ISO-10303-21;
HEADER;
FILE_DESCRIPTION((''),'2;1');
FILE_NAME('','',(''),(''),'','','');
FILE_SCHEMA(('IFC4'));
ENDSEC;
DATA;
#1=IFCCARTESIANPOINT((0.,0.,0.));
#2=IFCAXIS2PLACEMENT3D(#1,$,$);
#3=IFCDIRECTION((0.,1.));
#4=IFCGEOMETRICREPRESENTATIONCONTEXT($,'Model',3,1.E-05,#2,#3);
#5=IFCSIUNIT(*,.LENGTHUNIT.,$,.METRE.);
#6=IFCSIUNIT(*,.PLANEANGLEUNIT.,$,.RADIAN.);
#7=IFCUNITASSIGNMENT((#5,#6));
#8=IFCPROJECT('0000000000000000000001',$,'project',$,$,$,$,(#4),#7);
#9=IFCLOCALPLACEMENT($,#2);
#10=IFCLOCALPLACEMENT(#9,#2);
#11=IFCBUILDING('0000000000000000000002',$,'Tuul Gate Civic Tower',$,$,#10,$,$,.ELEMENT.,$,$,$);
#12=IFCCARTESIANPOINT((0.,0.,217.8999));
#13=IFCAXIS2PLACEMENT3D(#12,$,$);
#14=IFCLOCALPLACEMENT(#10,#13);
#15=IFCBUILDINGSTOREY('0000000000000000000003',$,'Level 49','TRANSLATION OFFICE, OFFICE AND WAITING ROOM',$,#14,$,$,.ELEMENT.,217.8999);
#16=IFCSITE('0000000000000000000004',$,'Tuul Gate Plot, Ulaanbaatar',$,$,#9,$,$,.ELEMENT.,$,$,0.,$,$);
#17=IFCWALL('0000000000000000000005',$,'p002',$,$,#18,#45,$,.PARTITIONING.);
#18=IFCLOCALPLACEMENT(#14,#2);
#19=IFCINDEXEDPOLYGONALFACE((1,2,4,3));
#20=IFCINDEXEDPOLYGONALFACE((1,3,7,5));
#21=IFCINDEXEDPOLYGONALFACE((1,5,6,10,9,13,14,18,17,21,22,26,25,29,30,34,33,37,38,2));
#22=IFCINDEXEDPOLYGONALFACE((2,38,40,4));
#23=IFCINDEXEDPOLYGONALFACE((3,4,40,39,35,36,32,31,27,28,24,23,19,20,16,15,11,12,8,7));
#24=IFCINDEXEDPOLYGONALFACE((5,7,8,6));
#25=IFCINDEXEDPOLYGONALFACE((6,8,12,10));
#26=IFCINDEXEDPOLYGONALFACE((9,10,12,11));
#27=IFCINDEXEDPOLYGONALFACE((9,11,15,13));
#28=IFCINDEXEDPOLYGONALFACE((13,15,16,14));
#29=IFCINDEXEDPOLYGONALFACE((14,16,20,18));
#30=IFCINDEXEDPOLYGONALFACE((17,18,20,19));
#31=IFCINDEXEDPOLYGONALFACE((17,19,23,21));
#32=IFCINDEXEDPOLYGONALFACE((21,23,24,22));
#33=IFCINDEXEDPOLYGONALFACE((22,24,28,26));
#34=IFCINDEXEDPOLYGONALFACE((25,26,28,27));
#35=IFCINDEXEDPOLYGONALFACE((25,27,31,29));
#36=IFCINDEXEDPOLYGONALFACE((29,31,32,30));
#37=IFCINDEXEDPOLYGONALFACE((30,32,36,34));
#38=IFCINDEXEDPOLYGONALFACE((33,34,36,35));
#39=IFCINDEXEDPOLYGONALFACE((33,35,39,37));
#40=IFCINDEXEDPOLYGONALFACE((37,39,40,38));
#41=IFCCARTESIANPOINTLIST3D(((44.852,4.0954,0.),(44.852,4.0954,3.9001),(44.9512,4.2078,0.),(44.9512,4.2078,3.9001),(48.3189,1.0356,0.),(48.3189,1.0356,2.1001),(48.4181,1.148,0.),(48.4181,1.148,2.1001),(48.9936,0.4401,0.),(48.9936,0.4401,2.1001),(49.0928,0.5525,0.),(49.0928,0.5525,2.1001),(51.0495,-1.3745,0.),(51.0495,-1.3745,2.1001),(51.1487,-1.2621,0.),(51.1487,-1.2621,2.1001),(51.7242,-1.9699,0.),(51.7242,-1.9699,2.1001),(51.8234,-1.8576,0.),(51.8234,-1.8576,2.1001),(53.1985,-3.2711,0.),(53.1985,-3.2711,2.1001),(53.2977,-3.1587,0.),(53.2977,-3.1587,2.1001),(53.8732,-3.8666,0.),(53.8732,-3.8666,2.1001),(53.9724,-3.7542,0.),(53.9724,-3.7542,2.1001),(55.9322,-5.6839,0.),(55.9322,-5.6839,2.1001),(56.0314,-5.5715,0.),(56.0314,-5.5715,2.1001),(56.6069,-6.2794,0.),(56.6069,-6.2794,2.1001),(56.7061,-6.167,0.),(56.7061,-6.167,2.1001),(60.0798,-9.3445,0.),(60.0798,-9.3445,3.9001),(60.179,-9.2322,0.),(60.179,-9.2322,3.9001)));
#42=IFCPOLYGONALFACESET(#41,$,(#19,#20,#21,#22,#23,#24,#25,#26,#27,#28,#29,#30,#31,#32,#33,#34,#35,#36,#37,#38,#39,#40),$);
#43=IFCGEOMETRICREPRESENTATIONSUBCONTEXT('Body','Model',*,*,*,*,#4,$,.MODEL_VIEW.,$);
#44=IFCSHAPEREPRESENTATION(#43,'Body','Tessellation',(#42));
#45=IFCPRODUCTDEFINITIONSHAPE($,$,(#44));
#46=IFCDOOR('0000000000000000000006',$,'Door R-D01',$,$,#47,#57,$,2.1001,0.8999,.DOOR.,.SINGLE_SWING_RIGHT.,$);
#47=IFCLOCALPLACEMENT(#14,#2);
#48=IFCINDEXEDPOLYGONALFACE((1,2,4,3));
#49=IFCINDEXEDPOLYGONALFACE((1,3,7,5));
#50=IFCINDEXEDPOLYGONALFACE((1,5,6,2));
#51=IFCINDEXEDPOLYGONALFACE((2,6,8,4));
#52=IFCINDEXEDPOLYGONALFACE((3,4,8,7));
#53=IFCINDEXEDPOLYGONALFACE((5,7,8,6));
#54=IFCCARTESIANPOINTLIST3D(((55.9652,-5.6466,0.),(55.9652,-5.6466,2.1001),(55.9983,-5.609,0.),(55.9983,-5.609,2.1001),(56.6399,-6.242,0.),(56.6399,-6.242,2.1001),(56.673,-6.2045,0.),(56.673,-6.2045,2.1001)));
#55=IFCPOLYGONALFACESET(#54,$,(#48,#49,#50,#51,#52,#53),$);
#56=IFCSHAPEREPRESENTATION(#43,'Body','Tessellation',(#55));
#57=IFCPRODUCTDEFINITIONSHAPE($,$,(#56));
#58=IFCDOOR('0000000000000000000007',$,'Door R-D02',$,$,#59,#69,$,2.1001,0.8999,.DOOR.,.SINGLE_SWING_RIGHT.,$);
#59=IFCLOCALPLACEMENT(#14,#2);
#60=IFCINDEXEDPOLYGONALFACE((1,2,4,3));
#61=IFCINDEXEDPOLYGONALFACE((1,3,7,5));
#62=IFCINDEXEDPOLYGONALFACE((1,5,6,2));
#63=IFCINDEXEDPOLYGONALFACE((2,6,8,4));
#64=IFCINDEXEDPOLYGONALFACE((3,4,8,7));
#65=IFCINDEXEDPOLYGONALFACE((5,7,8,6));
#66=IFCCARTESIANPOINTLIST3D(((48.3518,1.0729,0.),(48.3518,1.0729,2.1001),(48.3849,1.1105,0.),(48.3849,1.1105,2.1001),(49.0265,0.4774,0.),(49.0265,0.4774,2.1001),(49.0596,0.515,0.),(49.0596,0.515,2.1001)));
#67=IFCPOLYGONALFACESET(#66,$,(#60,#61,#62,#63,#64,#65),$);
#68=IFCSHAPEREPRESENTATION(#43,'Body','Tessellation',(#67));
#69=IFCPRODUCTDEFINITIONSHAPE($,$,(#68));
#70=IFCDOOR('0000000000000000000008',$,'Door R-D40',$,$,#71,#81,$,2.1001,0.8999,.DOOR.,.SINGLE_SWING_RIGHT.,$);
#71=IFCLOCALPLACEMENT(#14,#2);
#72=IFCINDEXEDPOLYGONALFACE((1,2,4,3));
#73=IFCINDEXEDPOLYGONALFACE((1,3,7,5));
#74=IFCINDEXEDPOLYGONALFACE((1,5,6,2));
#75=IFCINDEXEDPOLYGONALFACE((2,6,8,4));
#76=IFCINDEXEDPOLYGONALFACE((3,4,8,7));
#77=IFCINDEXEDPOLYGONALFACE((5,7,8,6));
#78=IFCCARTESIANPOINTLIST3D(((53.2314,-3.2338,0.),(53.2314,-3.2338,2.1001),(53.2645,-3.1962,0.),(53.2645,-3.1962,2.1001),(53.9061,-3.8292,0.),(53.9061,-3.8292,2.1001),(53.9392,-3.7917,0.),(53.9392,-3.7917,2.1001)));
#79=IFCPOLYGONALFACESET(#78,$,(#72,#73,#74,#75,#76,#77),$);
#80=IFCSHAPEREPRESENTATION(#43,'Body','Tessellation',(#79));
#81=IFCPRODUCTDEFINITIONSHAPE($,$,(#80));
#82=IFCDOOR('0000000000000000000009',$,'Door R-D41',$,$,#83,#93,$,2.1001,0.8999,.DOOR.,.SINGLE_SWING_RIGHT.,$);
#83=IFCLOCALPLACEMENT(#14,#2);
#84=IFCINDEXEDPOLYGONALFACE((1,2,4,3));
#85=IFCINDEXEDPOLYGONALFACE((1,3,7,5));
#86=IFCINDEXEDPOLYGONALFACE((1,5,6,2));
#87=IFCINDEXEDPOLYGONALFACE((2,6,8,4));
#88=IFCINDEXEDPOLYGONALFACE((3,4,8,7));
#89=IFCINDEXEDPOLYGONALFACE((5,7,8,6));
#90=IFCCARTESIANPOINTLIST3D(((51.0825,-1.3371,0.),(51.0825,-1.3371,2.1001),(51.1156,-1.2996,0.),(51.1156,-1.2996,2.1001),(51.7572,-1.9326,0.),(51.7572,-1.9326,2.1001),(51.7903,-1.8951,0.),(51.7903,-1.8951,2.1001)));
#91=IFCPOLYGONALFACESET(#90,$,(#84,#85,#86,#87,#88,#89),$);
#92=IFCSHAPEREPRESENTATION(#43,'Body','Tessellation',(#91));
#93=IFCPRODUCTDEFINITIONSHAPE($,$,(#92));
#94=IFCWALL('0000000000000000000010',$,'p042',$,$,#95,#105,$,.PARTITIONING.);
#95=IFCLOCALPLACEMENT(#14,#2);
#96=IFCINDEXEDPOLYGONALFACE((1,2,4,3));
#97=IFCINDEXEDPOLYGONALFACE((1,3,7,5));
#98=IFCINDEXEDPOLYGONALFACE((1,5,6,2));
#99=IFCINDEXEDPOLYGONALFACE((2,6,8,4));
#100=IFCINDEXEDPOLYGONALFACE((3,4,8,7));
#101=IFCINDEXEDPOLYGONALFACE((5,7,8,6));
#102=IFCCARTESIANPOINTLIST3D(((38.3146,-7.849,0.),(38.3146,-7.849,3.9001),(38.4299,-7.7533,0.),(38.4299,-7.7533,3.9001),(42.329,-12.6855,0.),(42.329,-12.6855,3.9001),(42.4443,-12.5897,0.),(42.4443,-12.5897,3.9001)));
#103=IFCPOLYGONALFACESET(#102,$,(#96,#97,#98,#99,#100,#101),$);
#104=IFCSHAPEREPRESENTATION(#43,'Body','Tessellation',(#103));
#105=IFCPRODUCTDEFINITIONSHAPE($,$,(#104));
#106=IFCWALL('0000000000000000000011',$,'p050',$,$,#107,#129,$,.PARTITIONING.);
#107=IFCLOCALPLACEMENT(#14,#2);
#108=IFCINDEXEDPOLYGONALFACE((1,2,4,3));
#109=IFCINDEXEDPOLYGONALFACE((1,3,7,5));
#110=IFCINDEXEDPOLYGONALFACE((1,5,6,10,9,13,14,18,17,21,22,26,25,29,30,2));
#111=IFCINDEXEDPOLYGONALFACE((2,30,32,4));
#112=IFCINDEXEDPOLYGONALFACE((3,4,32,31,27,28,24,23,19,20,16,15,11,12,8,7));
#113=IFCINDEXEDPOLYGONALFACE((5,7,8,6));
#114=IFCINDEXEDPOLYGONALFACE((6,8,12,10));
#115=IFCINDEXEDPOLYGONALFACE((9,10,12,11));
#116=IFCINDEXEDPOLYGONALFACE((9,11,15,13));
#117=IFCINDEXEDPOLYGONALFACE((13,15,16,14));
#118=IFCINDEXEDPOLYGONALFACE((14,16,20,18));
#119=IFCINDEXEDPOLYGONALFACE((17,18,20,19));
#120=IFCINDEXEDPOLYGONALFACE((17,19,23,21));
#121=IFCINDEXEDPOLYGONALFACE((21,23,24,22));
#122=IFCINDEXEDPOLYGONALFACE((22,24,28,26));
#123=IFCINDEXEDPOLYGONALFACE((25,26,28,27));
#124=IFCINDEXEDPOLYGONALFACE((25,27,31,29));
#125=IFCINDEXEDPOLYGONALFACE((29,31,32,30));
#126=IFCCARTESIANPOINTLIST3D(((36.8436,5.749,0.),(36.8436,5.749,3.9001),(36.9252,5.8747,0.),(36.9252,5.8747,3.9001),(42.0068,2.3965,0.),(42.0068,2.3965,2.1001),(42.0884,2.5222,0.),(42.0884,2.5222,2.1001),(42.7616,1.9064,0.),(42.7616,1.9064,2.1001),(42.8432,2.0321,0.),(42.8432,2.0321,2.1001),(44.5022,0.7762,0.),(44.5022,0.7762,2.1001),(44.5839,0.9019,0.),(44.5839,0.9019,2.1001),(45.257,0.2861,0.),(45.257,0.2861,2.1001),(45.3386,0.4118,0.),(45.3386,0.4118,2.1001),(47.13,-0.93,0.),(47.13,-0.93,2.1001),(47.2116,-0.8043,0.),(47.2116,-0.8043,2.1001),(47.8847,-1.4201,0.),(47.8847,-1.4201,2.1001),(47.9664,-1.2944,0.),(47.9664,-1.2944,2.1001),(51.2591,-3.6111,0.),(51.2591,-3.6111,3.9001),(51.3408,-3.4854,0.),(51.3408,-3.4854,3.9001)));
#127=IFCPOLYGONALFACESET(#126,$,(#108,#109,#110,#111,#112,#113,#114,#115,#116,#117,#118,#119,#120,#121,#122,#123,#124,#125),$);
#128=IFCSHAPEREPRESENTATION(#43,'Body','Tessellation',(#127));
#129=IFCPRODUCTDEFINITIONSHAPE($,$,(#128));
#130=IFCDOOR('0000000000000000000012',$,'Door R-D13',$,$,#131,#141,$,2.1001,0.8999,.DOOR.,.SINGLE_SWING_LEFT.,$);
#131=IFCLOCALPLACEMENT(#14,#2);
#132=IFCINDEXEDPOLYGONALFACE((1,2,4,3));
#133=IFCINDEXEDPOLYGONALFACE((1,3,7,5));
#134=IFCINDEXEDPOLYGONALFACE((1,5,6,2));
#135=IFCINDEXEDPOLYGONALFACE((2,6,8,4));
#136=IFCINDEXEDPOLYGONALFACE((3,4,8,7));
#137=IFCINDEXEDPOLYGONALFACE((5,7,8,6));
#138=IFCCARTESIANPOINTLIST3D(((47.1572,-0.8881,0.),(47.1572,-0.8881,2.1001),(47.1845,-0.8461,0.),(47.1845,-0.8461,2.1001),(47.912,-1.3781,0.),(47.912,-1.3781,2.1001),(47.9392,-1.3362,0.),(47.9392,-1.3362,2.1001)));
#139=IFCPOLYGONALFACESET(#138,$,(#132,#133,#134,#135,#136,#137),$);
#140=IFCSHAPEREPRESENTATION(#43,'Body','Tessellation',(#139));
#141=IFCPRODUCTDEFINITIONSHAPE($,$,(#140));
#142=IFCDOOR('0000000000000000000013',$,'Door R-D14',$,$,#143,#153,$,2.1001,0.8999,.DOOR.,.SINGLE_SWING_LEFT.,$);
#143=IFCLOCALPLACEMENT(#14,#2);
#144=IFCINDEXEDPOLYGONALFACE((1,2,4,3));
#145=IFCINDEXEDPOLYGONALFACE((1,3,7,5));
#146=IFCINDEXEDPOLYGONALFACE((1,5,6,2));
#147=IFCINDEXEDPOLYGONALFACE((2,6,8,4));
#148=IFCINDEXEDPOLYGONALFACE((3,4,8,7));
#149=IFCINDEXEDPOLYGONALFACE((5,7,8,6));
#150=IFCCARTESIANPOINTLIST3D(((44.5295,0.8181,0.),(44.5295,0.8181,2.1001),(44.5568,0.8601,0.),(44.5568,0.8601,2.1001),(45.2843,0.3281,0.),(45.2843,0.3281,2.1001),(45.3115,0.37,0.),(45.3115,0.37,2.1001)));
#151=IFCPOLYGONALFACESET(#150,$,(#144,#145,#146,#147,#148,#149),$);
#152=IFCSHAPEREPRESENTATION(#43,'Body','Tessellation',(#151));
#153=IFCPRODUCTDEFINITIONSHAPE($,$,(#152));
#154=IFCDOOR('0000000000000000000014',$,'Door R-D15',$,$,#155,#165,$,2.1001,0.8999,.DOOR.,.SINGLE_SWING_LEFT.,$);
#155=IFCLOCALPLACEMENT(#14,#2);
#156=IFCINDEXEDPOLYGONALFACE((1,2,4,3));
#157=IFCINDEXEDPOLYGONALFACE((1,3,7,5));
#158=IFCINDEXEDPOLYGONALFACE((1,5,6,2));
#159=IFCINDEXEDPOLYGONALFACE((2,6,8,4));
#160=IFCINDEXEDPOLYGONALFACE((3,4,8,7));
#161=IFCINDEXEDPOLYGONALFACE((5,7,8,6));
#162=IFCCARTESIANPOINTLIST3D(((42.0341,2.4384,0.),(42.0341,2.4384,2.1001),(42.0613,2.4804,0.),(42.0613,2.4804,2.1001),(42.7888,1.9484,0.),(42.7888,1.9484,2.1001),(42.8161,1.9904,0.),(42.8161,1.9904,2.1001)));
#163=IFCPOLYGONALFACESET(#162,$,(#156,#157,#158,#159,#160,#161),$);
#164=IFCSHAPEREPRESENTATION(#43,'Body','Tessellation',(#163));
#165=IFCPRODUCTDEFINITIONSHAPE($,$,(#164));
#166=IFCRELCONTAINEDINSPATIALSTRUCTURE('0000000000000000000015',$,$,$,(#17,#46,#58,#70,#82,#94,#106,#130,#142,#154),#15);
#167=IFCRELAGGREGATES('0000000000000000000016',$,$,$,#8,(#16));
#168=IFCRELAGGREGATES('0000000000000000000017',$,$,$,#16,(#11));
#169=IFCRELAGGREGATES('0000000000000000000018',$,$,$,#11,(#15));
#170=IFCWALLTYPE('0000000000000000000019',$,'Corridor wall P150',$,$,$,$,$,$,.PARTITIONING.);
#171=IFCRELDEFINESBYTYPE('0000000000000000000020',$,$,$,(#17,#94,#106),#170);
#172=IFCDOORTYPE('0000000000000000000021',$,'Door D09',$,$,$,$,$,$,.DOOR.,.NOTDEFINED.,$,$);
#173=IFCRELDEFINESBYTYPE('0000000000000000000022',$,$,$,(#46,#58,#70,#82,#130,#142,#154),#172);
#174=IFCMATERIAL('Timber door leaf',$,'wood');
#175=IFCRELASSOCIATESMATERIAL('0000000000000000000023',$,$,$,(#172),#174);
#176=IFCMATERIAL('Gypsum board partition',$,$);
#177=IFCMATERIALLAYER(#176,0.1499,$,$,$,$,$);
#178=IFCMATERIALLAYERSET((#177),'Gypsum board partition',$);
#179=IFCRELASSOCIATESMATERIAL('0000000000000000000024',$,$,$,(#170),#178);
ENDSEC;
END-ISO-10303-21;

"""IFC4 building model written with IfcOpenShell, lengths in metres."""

from ifc_helpers import new_model, si_unit, direction, frame, frame_2d, origin, place, context, subcontext, project, spatial, rectangle, extrude, material, layer, layer_set, type_object, element, fill, save


model = new_model("IFC4")

# Units and contexts
model_context = context("Model", 3, precision=1e-05, world=origin(), true_north=direction((0.0, 1.0)))
body_context = subcontext(model_context, "Body", "Model", "MODEL_VIEW")
ifc_project = project(units=[si_unit("LENGTHUNIT", "METRE"), si_unit("PLANEANGLEUNIT", "RADIAN")], contexts=[model_context])

# Site, building, storey
site_placement = place(None, origin())
site = spatial("IfcSite", under=ifc_project, at=site_placement, Name="Tuul Gate Plot, Ulaanbaatar", CompositionType="ELEMENT", RefElevation=0.0)
building_placement = place(site_placement, origin())
building = spatial("IfcBuilding", under=site, at=building_placement, Name="Tuul Gate Civic Tower", CompositionType="ELEMENT")
storey_placement = place(building_placement, frame((0.0, 0.0, 217.8999)))
storey = spatial("IfcBuildingStorey", under=building, at=storey_placement, Name="Level 49", Description="TRANSLATION OFFICE, OFFICE AND WAITING ROOM", CompositionType="ELEMENT", Elevation=217.8999)

# Wall, openings, doors
ifc_material_1 = material(Name="Timber door leaf", Category="wood")
door_type = type_object("IfcDoorType", Name="Door D09", OperationType="NOTDEFINED", PredefinedType="DOOR", material=ifc_material_1)
ifc_material_2 = material(Name="Gypsum board partition")
ifc_layer_1 = layer(ifc_material_2, 0.1499)
ifc_layer_set_1 = layer_set([ifc_layer_1], Name="Gypsum board partition")
wall_type_1 = type_object("IfcWallType", Name="Corridor wall P150", PredefinedType="PARTITIONING", material=ifc_layer_set_1)
wall_1_placement = place(storey_placement, frame((44.9016, 4.1516, 0.0), z_axis=(0.0, 0.0, 1.0), x_axis=(0.749748, -0.661723, 0.0)))
wall_1 = element("IfcWall", 1, at=wall_1_placement, inside=storey, type_object=wall_type_1, Name="p002", PredefinedType="PARTITIONING", context=body_context, shape_type="SweptSolid", body=[
    extrude(rectangle(XDim=20.3105, YDim=0.1499, at=frame_2d((10.1553, 0.0))), origin(), (0.0, 0.0, 1.0), 3.9001),
])
opening_1_placement = place(wall_1_placement, frame((14.7786, 0.0, 0.0)))
opening_1 = element("IfcOpeningElement", 2, at=opening_1_placement, cuts=wall_1, PredefinedType="OPENING", context=body_context, shape_type="SweptSolid", body=[
    extrude(rectangle(XDim=0.8999, YDim=2.1001, at=frame_2d((0.45, 1.05))), frame((0.0, 0.085, 0.0), z_axis=(0.0, -1.0, 0.0), x_axis=(1.0, 0.0, 0.0)), (0.0, 0.0, 1.0), 0.1699),
])
opening_2_placement = place(wall_1_placement, frame((4.624, 0.0, 0.0)))
opening_2 = element("IfcOpeningElement", 3, at=opening_2_placement, cuts=wall_1, PredefinedType="OPENING", context=body_context, shape_type="SweptSolid", body=[
    extrude(rectangle(XDim=0.8999, YDim=2.1001, at=frame_2d((0.45, 1.05))), frame((0.0, 0.085, 0.0), z_axis=(0.0, -1.0, 0.0), x_axis=(1.0, 0.0, 0.0)), (0.0, 0.0, 1.0), 0.1699),
])
opening_3_placement = place(wall_1_placement, frame((11.1323, 0.0, 0.0)))
opening_3 = element("IfcOpeningElement", 4, at=opening_3_placement, cuts=wall_1, PredefinedType="OPENING", context=body_context, shape_type="SweptSolid", body=[
    extrude(rectangle(XDim=0.8999, YDim=2.1001, at=frame_2d((0.45, 1.05))), frame((0.0, 0.085, 0.0), z_axis=(0.0, -1.0, 0.0), x_axis=(1.0, 0.0, 0.0)), (0.0, 0.0, 1.0), 0.1699),
])
opening_4_placement = place(wall_1_placement, frame((8.2661, 0.0, 0.0)))
opening_4 = element("IfcOpeningElement", 5, at=opening_4_placement, cuts=wall_1, PredefinedType="OPENING", context=body_context, shape_type="SweptSolid", body=[
    extrude(rectangle(XDim=0.8999, YDim=2.1001, at=frame_2d((0.45, 1.05))), frame((0.0, 0.085, 0.0), z_axis=(0.0, -1.0, 0.0), x_axis=(1.0, 0.0, 0.0)), (0.0, 0.0, 1.0), 0.1699),
])
door_1_placement = place(opening_1_placement, origin())
door_1 = element("IfcDoor", 6, at=door_1_placement, inside=storey, type_object=door_type, Name="Door R-D01", OperationType="SINGLE_SWING_RIGHT", OverallHeight=2.1001, OverallWidth=0.8999, PredefinedType="DOOR", context=body_context, shape_type="SweptSolid", body=[
    extrude(rectangle(XDim=0.8999, YDim=2.1001, at=frame_2d((0.45, 1.05))), frame((0.0, 0.0249, 0.0), z_axis=(0.0, -1.0, 0.0), x_axis=(1.0, 0.0, 0.0)), (0.0, 0.0, 1.0), 0.05),
])
fill(opening_1, door_1)
door_2_placement = place(opening_2_placement, origin())
door_2 = element("IfcDoor", 7, at=door_2_placement, inside=storey, type_object=door_type, Name="Door R-D02", OperationType="SINGLE_SWING_RIGHT", OverallHeight=2.1001, OverallWidth=0.8999, PredefinedType="DOOR", context=body_context, shape_type="SweptSolid", body=[
    extrude(rectangle(XDim=0.8999, YDim=2.1001, at=frame_2d((0.45, 1.05))), frame((0.0, 0.0249, 0.0), z_axis=(0.0, -1.0, 0.0), x_axis=(1.0, 0.0, 0.0)), (0.0, 0.0, 1.0), 0.05),
])
fill(opening_2, door_2)
door_3_placement = place(opening_3_placement, origin())
door_3 = element("IfcDoor", 8, at=door_3_placement, inside=storey, type_object=door_type, Name="Door R-D40", OperationType="SINGLE_SWING_RIGHT", OverallHeight=2.1001, OverallWidth=0.8999, PredefinedType="DOOR", context=body_context, shape_type="SweptSolid", body=[
    extrude(rectangle(XDim=0.8999, YDim=2.1001, at=frame_2d((0.45, 1.05))), frame((0.0, 0.0249, 0.0), z_axis=(0.0, -1.0, 0.0), x_axis=(1.0, 0.0, 0.0)), (0.0, 0.0, 1.0), 0.05),
])
fill(opening_3, door_3)
door_4_placement = place(opening_4_placement, origin())
door_4 = element("IfcDoor", 9, at=door_4_placement, inside=storey, type_object=door_type, Name="Door R-D41", OperationType="SINGLE_SWING_RIGHT", OverallHeight=2.1001, OverallWidth=0.8999, PredefinedType="DOOR", context=body_context, shape_type="SweptSolid", body=[
    extrude(rectangle(XDim=0.8999, YDim=2.1001, at=frame_2d((0.45, 1.05))), frame((0.0, 0.0249, 0.0), z_axis=(0.0, -1.0, 0.0), x_axis=(1.0, 0.0, 0.0)), (0.0, 0.0, 1.0), 0.05),
])
fill(opening_4, door_4)

# Wall
wall_2_placement = place(storey_placement, frame((38.3723, -7.8013, 0.0), z_axis=(0.0, 0.0, 1.0), x_axis=(0.638686, -0.769468, 0.0)))
element("IfcWall", 10, at=wall_2_placement, inside=storey, type_object=wall_type_1, Name="p042", PredefinedType="PARTITIONING", context=body_context, shape_type="SweptSolid", body=[
    extrude(rectangle(XDim=6.2854, YDim=0.1499, at=frame_2d((3.1426, 0.0))), origin(), (0.0, 0.0, 1.0), 3.9001),
])

# Wall, openings, doors
wall_3_placement = place(storey_placement, frame((36.8845, 5.8118, 0.0), z_axis=(0.0, 0.0, 1.0), x_axis=(0.838709, -0.54458, 0.0)))
wall_3 = element("IfcWall", 11, at=wall_3_placement, inside=storey, type_object=wall_type_1, Name="p050", PredefinedType="PARTITIONING", context=body_context, shape_type="SweptSolid", body=[
    extrude(rectangle(XDim=17.1877, YDim=0.1499, at=frame_2d((8.5938, 0.0))), origin(), (0.0, 0.0, 1.0), 3.9001),
])
opening_5_placement = place(wall_3_placement, frame((12.2644, 0.0, 0.0)))
opening_5 = element("IfcOpeningElement", 12, at=opening_5_placement, cuts=wall_3, PredefinedType="OPENING", context=body_context, shape_type="SweptSolid", body=[
    extrude(rectangle(XDim=0.8999, YDim=2.1001, at=frame_2d((0.45, 1.05))), frame((0.0, 0.085, 0.0), z_axis=(0.0, -1.0, 0.0), x_axis=(1.0, 0.0, 0.0)), (0.0, 0.0, 1.0), 0.1699),
])
opening_6_placement = place(wall_3_placement, frame((9.1313, 0.0, 0.0)))
opening_6 = element("IfcOpeningElement", 13, at=opening_6_placement, cuts=wall_3, PredefinedType="OPENING", context=body_context, shape_type="SweptSolid", body=[
    extrude(rectangle(XDim=0.8999, YDim=2.1001, at=frame_2d((0.45, 1.05))), frame((0.0, 0.085, 0.0), z_axis=(0.0, -1.0, 0.0), x_axis=(1.0, 0.0, 0.0)), (0.0, 0.0, 1.0), 0.1699),
])
opening_7_placement = place(wall_3_placement, frame((6.156, 0.0, 0.0)))
opening_7 = element("IfcOpeningElement", 14, at=opening_7_placement, cuts=wall_3, PredefinedType="OPENING", context=body_context, shape_type="SweptSolid", body=[
    extrude(rectangle(XDim=0.8999, YDim=2.1001, at=frame_2d((0.45, 1.05))), frame((0.0, 0.085, 0.0), z_axis=(0.0, -1.0, 0.0), x_axis=(1.0, 0.0, 0.0)), (0.0, 0.0, 1.0), 0.1699),
])
door_5_placement = place(opening_5_placement, frame((0.8999, 0.0, 0.0), z_axis=(0.0, 0.0, 1.0), x_axis=(-1.0, 0.0, 0.0)))
door_5 = element("IfcDoor", 15, at=door_5_placement, inside=storey, type_object=door_type, Name="Door R-D13", OperationType="SINGLE_SWING_LEFT", OverallHeight=2.1001, OverallWidth=0.8999, PredefinedType="DOOR", context=body_context, shape_type="SweptSolid", body=[
    extrude(rectangle(XDim=0.8999, YDim=2.1001, at=frame_2d((0.45, 1.05))), frame((0.0, 0.0249, 0.0), z_axis=(0.0, -1.0, 0.0), x_axis=(1.0, 0.0, 0.0)), (0.0, 0.0, 1.0), 0.05),
])
fill(opening_5, door_5)
door_6_placement = place(opening_6_placement, frame((0.8999, 0.0, 0.0), z_axis=(0.0, 0.0, 1.0), x_axis=(-1.0, 0.0, 0.0)))
door_6 = element("IfcDoor", 16, at=door_6_placement, inside=storey, type_object=door_type, Name="Door R-D14", OperationType="SINGLE_SWING_LEFT", OverallHeight=2.1001, OverallWidth=0.8999, PredefinedType="DOOR", context=body_context, shape_type="SweptSolid", body=[
    extrude(rectangle(XDim=0.8999, YDim=2.1001, at=frame_2d((0.45, 1.05))), frame((0.0, 0.0249, 0.0), z_axis=(0.0, -1.0, 0.0), x_axis=(1.0, 0.0, 0.0)), (0.0, 0.0, 1.0), 0.05),
])
fill(opening_6, door_6)
door_7_placement = place(opening_7_placement, frame((0.8999, 0.0, 0.0), z_axis=(0.0, 0.0, 1.0), x_axis=(-1.0, 0.0, 0.0)))
door_7 = element("IfcDoor", 17, at=door_7_placement, inside=storey, type_object=door_type, Name="Door R-D15", OperationType="SINGLE_SWING_LEFT", OverallHeight=2.1001, OverallWidth=0.8999, PredefinedType="DOOR", context=body_context, shape_type="SweptSolid", body=[
    extrude(rectangle(XDim=0.8999, YDim=2.1001, at=frame_2d((0.45, 1.05))), frame((0.0, 0.0249, 0.0), z_axis=(0.0, -1.0, 0.0), x_axis=(1.0, 0.0, 0.0)), (0.0, 0.0, 1.0), 0.05),
])
fill(opening_7, door_7)

save(model, "model.ifc")
